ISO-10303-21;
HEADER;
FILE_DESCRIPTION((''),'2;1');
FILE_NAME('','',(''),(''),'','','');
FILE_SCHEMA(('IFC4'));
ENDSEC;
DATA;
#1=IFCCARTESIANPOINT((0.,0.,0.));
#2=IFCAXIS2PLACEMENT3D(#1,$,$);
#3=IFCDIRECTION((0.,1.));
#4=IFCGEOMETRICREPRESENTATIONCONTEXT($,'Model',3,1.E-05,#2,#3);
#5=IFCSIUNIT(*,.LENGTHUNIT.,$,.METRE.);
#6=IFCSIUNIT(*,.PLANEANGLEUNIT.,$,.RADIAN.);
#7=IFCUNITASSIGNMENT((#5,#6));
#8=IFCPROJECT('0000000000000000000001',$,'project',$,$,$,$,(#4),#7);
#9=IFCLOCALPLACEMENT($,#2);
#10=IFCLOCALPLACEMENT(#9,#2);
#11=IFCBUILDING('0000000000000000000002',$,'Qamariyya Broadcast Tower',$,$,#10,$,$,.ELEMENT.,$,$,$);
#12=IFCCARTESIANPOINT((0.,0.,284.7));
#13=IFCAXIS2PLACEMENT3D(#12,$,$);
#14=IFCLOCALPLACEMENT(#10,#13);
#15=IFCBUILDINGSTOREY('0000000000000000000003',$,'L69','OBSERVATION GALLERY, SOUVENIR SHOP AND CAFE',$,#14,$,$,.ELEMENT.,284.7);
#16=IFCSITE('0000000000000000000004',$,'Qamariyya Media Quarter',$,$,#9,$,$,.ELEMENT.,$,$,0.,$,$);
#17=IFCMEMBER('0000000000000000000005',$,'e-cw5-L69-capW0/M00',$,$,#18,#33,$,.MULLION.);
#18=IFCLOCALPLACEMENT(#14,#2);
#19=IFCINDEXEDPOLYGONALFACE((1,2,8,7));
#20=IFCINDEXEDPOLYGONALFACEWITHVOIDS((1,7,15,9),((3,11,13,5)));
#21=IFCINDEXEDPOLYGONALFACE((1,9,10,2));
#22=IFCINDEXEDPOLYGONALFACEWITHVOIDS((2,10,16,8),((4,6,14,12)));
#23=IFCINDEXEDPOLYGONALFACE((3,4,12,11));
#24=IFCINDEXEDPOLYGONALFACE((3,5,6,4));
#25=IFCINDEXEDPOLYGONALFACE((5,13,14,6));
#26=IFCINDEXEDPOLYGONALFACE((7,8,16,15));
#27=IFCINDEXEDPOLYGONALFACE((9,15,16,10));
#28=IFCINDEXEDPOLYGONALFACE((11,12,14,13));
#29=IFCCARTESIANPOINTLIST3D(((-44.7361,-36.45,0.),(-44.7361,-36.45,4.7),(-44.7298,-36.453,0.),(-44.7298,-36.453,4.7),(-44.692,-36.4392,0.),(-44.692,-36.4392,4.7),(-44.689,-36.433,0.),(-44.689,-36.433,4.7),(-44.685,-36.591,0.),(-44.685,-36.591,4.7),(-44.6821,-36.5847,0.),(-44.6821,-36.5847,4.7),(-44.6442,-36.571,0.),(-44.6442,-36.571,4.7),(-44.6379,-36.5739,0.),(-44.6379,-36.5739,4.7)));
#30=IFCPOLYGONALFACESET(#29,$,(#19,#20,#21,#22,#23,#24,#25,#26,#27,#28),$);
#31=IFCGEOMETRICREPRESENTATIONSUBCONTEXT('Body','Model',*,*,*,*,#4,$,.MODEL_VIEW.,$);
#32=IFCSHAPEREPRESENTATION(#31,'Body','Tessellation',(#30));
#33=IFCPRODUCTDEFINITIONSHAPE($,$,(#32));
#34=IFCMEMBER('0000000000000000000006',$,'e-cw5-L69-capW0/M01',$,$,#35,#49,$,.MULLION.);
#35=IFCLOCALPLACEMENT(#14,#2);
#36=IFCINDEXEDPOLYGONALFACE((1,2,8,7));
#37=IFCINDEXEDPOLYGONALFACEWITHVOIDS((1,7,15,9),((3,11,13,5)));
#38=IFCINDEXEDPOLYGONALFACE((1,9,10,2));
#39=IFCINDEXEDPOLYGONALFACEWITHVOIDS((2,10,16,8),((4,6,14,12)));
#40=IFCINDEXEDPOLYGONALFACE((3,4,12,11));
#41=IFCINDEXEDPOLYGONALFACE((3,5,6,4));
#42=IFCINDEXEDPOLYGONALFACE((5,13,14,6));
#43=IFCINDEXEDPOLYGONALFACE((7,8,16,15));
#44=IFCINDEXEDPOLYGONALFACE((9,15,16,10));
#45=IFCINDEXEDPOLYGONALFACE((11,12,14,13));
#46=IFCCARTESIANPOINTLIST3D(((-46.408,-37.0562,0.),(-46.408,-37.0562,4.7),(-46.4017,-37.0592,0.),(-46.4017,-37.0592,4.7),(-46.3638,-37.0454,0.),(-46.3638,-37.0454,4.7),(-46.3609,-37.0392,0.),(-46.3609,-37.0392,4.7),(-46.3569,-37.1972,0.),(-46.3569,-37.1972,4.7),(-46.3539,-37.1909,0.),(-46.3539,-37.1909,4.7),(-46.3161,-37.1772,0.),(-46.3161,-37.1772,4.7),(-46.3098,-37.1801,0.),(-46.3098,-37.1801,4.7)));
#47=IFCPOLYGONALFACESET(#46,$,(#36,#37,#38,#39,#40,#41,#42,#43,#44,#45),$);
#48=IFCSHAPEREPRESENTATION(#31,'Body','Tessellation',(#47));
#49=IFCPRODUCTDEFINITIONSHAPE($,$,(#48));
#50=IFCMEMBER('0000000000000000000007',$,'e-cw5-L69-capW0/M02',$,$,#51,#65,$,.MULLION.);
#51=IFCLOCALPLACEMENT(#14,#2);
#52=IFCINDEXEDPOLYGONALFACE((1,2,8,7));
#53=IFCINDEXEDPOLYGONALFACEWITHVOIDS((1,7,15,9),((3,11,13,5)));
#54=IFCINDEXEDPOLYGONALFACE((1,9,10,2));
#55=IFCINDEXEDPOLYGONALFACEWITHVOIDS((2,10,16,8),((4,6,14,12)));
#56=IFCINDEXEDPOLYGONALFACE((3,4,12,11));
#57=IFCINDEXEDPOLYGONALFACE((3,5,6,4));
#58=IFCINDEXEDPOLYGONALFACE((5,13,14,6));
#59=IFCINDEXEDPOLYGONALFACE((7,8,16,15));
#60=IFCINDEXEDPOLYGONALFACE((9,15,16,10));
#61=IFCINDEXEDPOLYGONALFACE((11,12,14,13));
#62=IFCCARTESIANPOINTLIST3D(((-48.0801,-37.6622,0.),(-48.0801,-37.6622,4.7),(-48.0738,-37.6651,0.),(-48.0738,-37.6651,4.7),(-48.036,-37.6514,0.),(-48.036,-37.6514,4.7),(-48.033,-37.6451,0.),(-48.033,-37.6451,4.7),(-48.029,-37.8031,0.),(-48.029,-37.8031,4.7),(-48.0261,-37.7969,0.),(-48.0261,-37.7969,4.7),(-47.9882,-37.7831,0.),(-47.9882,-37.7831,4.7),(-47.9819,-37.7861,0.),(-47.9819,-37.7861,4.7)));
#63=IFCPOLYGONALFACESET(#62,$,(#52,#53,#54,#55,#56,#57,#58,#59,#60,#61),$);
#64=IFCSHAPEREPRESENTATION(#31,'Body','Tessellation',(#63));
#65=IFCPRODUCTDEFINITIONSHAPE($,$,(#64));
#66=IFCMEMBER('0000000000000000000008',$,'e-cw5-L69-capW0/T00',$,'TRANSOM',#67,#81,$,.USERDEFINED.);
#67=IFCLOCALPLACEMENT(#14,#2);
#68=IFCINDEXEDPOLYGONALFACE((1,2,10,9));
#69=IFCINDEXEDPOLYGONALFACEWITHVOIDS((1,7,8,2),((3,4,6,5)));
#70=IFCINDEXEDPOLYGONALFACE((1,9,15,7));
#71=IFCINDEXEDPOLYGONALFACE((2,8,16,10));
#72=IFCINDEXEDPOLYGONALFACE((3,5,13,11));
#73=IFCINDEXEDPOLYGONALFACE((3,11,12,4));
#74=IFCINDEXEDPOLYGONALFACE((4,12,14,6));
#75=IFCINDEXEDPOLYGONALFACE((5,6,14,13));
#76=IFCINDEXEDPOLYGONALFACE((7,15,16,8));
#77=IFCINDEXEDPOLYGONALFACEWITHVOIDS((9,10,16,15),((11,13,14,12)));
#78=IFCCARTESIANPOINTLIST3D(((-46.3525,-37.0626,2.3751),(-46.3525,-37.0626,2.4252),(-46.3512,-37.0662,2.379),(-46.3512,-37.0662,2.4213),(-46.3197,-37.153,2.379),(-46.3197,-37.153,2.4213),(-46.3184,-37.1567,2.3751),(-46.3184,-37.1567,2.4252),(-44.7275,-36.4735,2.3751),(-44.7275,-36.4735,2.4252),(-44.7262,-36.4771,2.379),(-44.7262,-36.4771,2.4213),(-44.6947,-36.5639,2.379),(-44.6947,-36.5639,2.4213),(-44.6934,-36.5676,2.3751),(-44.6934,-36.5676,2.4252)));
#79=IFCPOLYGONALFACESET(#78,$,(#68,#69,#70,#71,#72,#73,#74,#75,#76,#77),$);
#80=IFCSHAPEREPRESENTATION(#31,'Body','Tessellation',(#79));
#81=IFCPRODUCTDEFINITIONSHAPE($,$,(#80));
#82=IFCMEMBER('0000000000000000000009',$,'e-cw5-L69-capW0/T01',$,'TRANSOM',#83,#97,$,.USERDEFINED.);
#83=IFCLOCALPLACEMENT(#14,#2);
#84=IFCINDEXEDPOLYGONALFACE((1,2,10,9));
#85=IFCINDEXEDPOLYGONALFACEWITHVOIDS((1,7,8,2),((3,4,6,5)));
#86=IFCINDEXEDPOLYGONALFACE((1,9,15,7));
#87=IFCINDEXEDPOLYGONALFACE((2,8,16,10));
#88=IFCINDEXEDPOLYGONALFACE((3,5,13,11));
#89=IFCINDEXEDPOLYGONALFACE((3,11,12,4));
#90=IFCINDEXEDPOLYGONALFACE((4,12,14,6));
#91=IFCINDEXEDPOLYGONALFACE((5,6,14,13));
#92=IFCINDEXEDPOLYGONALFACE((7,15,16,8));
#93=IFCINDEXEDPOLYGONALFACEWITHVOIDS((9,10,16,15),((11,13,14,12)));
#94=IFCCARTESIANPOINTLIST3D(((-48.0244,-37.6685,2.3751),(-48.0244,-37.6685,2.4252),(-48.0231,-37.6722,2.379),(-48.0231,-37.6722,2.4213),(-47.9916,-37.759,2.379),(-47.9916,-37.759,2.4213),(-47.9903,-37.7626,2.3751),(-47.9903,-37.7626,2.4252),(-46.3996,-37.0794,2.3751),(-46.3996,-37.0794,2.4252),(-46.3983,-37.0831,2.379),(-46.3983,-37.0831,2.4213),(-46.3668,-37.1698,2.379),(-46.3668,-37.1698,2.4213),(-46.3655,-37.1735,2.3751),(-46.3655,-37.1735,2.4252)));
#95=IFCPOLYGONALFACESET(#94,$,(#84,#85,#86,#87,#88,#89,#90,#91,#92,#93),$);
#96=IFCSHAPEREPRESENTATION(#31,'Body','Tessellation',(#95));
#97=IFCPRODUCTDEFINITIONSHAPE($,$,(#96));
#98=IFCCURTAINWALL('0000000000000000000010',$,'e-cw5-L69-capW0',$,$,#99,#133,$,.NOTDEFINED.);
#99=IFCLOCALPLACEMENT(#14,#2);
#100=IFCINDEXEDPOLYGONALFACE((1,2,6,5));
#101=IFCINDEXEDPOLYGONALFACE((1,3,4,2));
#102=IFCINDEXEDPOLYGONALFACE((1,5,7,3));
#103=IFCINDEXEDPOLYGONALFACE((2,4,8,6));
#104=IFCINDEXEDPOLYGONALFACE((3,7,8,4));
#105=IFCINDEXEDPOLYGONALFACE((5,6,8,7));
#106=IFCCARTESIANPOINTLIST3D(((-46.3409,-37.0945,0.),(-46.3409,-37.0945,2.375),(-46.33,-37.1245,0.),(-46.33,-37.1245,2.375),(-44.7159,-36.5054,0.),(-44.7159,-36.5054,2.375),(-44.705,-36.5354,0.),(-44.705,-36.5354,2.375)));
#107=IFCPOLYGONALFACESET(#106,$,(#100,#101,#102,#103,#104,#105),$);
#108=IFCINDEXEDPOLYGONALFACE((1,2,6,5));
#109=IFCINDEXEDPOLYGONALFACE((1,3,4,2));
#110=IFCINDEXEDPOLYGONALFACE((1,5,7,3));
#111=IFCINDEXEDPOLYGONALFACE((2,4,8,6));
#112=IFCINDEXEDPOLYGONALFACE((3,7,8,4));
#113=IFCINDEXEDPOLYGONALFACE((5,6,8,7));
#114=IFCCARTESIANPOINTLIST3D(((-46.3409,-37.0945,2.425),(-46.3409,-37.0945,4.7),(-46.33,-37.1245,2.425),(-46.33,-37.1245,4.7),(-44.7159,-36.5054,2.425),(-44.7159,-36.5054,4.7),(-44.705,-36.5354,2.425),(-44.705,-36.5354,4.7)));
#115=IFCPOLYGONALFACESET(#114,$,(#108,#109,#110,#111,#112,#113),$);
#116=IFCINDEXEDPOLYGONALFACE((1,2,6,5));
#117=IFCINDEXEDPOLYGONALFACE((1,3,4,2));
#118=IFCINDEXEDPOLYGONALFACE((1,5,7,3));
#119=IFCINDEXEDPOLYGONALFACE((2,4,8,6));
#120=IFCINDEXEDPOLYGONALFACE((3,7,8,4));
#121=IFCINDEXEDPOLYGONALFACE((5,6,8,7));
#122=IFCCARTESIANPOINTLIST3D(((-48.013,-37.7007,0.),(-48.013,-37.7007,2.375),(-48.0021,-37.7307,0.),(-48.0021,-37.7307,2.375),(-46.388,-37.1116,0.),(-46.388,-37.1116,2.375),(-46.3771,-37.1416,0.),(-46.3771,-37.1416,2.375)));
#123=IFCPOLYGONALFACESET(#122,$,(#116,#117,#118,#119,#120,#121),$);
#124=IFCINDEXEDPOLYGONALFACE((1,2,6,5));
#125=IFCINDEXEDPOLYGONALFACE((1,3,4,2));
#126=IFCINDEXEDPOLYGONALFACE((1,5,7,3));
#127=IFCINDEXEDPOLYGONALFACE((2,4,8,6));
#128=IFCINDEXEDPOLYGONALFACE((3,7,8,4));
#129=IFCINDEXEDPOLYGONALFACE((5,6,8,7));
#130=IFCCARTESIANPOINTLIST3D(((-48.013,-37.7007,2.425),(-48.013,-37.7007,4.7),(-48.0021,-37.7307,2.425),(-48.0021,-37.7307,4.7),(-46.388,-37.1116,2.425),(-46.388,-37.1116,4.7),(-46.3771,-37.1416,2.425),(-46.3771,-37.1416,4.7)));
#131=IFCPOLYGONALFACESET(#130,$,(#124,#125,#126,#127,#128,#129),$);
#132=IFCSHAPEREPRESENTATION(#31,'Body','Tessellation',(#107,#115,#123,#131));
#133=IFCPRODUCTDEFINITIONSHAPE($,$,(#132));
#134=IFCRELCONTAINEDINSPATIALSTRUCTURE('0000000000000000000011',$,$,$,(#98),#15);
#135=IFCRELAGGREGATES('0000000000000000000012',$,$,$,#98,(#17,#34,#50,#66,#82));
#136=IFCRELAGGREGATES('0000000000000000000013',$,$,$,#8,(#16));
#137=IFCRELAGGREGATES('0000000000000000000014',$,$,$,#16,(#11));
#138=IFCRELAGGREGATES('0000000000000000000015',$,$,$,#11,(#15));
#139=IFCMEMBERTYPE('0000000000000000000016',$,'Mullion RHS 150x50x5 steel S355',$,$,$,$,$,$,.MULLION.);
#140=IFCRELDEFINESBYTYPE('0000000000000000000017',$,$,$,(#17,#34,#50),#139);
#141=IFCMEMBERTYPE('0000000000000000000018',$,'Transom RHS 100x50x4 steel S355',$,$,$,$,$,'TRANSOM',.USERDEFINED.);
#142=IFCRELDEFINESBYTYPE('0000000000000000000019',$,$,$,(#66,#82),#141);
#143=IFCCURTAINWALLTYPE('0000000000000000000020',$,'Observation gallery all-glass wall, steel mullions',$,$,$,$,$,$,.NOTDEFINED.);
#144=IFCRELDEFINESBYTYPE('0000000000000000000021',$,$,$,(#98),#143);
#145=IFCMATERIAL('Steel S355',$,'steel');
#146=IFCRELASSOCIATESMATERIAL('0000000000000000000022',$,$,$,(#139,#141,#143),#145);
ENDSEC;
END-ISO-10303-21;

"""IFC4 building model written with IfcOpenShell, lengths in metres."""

from ifc_helpers import new_model, si_unit, direction, frame, origin, origin_2d, place, context, subcontext, project, spatial, rectangle, hollow_rectangle, extrude, material, material_profile, profile_set, type_object, element, aggregate, save


model = new_model("IFC4")

# Units and contexts
model_context = context("Model", 3, precision=1e-05, world=origin(), true_north=direction((0.0, 1.0)))
body_context = subcontext(model_context, "Body", "Model", "MODEL_VIEW")
ifc_project = project(units=[si_unit("LENGTHUNIT", "METRE"), si_unit("PLANEANGLEUNIT", "RADIAN")], contexts=[model_context])

# Members
ifc_material = material(Name="Steel S355", Category="steel")
ifc_material_profile_1 = material_profile(ifc_material, hollow_rectangle(XDim=0.1499, YDim=0.05, WallThickness=0.0049, at=origin_2d()))
ifc_profile_set_1 = profile_set([ifc_material_profile_1], Name="Steel S355")
member_type_1 = type_object("IfcMemberType", Name="Mullion RHS 150x50x5 steel S355", PredefinedType="MULLION", material=ifc_profile_set_1)
site_placement = place(None, origin())
building_placement = place(site_placement, origin())
storey_placement = place(building_placement, frame((0.0, 0.0, 284.7)))
member_1_placement = place(storey_placement, frame((-44.687, -36.512, 0.0), z_axis=(0.0, 0.0, 1.0), x_axis=(0.340815, -0.94013, 0.0)))
member_1 = element("IfcMember", 1, at=member_1_placement, type_object=member_type_1, Name="e-cw5-L69-capW0/M00", PredefinedType="MULLION", context=body_context, shape_type="SweptSolid", body=[
    extrude(hollow_rectangle(XDim=0.1499, YDim=0.05, WallThickness=0.0049, at=origin_2d()), origin(), (0.0, 0.0, 1.0), 4.7),
])
member_2_placement = place(storey_placement, frame((-46.3589, -37.1182, 0.0), z_axis=(0.0, 0.0, 1.0), x_axis=(0.340815, -0.94013, 0.0)))
member_2 = element("IfcMember", 2, at=member_2_placement, type_object=member_type_1, Name="e-cw5-L69-capW0/M01", PredefinedType="MULLION", context=body_context, shape_type="SweptSolid", body=[
    extrude(hollow_rectangle(XDim=0.1499, YDim=0.05, WallThickness=0.0049, at=origin_2d()), origin(), (0.0, 0.0, 1.0), 4.7),
])
member_3_placement = place(storey_placement, frame((-48.031, -37.7241, 0.0), z_axis=(0.0, 0.0, 1.0), x_axis=(0.340815, -0.94013, 0.0)))
member_3 = element("IfcMember", 3, at=member_3_placement, type_object=member_type_1, Name="e-cw5-L69-capW0/M02", PredefinedType="MULLION", context=body_context, shape_type="SweptSolid", body=[
    extrude(hollow_rectangle(XDim=0.1499, YDim=0.05, WallThickness=0.0049, at=origin_2d()), origin(), (0.0, 0.0, 1.0), 4.7),
])
ifc_material_profile_2 = material_profile(ifc_material, hollow_rectangle(XDim=0.1001, YDim=0.05, WallThickness=0.0039, at=origin_2d()))
ifc_profile_set_2 = profile_set([ifc_material_profile_2], Name="Steel S355")
member_type_2 = type_object("IfcMemberType", Name="Transom RHS 100x50x4 steel S355", ElementType="TRANSOM", PredefinedType="USERDEFINED", material=ifc_profile_set_2)
member_4_placement = place(storey_placement, frame((-44.7104, -36.5205, 2.4001), z_axis=(-0.940127, -0.340824, 0.0), x_axis=(0.340824, -0.940127, 0.0)))
member_4 = element("IfcMember", 4, at=member_4_placement, type_object=member_type_2, Name="e-cw5-L69-capW0/T00", ObjectType="TRANSOM", PredefinedType="USERDEFINED", context=body_context, shape_type="SweptSolid", body=[
    extrude(hollow_rectangle(XDim=0.1001, YDim=0.05, WallThickness=0.0039, at=origin_2d()), origin(), (0.0, 0.0, 1.0), 1.7285),
])
member_5_placement = place(storey_placement, frame((-46.3826, -37.1265, 2.4001), z_axis=(-0.940111, -0.34087, 0.0), x_axis=(0.34087, -0.940111, 0.0)))
member_5 = element("IfcMember", 5, at=member_5_placement, type_object=member_type_2, Name="e-cw5-L69-capW0/T01", ObjectType="TRANSOM", PredefinedType="USERDEFINED", context=body_context, shape_type="SweptSolid", body=[
    extrude(hollow_rectangle(XDim=0.1001, YDim=0.05, WallThickness=0.0039, at=origin_2d()), origin(), (0.0, 0.0, 1.0), 1.7283),
])

# Site, building, storey
site = spatial("IfcSite", under=ifc_project, at=site_placement, Name="Qamariyya Media Quarter", CompositionType="ELEMENT", RefElevation=0.0)
building = spatial("IfcBuilding", under=site, at=building_placement, Name="Qamariyya Broadcast Tower", CompositionType="ELEMENT")
storey = spatial("IfcBuildingStorey", under=building, at=storey_placement, Name="L69", Description="OBSERVATION GALLERY, SOUVENIR SHOP AND CAFE", CompositionType="ELEMENT", Elevation=284.7)

# Curtain wall
curtain_wall_type = type_object("IfcCurtainWallType", Name="Observation gallery all-glass wall, steel mullions", PredefinedType="NOTDEFINED", material=ifc_material)
curtain_wall_1_placement = place(storey_placement, origin())
curtain_wall_1 = element("IfcCurtainWall", 6, at=curtain_wall_1_placement, inside=storey, type_object=curtain_wall_type, Name="e-cw5-L69-capW0", PredefinedType="NOTDEFINED", context=body_context, shape_type="SweptSolid", body=[
    extrude(rectangle(XDim=1.7285, YDim=0.032, at=origin_2d()), frame((-45.5229, -36.8149, 0.0), x_axis=(-0.940131, -0.340814, 0.0)), (0.0, 0.0, 1.0), 2.375),
    extrude(rectangle(XDim=1.7285, YDim=0.032, at=origin_2d()), frame((-45.5229, -36.8149, 2.425), x_axis=(-0.940131, -0.340814, 0.0)), (0.0, 0.0, 1.0), 2.2749),
    extrude(rectangle(XDim=1.7285, YDim=0.032, at=origin_2d()), frame((-47.1951, -37.4211, 0.0), x_axis=(-0.940131, -0.340814, 0.0)), (0.0, 0.0, 1.0), 2.375),
    extrude(rectangle(XDim=1.7285, YDim=0.032, at=origin_2d()), frame((-47.1951, -37.4211, 2.425), x_axis=(-0.940131, -0.340814, 0.0)), (0.0, 0.0, 1.0), 2.2749),
])
aggregate(curtain_wall_1, [member_1, member_2, member_3, member_4, member_5])

save(model, "model.ifc")
